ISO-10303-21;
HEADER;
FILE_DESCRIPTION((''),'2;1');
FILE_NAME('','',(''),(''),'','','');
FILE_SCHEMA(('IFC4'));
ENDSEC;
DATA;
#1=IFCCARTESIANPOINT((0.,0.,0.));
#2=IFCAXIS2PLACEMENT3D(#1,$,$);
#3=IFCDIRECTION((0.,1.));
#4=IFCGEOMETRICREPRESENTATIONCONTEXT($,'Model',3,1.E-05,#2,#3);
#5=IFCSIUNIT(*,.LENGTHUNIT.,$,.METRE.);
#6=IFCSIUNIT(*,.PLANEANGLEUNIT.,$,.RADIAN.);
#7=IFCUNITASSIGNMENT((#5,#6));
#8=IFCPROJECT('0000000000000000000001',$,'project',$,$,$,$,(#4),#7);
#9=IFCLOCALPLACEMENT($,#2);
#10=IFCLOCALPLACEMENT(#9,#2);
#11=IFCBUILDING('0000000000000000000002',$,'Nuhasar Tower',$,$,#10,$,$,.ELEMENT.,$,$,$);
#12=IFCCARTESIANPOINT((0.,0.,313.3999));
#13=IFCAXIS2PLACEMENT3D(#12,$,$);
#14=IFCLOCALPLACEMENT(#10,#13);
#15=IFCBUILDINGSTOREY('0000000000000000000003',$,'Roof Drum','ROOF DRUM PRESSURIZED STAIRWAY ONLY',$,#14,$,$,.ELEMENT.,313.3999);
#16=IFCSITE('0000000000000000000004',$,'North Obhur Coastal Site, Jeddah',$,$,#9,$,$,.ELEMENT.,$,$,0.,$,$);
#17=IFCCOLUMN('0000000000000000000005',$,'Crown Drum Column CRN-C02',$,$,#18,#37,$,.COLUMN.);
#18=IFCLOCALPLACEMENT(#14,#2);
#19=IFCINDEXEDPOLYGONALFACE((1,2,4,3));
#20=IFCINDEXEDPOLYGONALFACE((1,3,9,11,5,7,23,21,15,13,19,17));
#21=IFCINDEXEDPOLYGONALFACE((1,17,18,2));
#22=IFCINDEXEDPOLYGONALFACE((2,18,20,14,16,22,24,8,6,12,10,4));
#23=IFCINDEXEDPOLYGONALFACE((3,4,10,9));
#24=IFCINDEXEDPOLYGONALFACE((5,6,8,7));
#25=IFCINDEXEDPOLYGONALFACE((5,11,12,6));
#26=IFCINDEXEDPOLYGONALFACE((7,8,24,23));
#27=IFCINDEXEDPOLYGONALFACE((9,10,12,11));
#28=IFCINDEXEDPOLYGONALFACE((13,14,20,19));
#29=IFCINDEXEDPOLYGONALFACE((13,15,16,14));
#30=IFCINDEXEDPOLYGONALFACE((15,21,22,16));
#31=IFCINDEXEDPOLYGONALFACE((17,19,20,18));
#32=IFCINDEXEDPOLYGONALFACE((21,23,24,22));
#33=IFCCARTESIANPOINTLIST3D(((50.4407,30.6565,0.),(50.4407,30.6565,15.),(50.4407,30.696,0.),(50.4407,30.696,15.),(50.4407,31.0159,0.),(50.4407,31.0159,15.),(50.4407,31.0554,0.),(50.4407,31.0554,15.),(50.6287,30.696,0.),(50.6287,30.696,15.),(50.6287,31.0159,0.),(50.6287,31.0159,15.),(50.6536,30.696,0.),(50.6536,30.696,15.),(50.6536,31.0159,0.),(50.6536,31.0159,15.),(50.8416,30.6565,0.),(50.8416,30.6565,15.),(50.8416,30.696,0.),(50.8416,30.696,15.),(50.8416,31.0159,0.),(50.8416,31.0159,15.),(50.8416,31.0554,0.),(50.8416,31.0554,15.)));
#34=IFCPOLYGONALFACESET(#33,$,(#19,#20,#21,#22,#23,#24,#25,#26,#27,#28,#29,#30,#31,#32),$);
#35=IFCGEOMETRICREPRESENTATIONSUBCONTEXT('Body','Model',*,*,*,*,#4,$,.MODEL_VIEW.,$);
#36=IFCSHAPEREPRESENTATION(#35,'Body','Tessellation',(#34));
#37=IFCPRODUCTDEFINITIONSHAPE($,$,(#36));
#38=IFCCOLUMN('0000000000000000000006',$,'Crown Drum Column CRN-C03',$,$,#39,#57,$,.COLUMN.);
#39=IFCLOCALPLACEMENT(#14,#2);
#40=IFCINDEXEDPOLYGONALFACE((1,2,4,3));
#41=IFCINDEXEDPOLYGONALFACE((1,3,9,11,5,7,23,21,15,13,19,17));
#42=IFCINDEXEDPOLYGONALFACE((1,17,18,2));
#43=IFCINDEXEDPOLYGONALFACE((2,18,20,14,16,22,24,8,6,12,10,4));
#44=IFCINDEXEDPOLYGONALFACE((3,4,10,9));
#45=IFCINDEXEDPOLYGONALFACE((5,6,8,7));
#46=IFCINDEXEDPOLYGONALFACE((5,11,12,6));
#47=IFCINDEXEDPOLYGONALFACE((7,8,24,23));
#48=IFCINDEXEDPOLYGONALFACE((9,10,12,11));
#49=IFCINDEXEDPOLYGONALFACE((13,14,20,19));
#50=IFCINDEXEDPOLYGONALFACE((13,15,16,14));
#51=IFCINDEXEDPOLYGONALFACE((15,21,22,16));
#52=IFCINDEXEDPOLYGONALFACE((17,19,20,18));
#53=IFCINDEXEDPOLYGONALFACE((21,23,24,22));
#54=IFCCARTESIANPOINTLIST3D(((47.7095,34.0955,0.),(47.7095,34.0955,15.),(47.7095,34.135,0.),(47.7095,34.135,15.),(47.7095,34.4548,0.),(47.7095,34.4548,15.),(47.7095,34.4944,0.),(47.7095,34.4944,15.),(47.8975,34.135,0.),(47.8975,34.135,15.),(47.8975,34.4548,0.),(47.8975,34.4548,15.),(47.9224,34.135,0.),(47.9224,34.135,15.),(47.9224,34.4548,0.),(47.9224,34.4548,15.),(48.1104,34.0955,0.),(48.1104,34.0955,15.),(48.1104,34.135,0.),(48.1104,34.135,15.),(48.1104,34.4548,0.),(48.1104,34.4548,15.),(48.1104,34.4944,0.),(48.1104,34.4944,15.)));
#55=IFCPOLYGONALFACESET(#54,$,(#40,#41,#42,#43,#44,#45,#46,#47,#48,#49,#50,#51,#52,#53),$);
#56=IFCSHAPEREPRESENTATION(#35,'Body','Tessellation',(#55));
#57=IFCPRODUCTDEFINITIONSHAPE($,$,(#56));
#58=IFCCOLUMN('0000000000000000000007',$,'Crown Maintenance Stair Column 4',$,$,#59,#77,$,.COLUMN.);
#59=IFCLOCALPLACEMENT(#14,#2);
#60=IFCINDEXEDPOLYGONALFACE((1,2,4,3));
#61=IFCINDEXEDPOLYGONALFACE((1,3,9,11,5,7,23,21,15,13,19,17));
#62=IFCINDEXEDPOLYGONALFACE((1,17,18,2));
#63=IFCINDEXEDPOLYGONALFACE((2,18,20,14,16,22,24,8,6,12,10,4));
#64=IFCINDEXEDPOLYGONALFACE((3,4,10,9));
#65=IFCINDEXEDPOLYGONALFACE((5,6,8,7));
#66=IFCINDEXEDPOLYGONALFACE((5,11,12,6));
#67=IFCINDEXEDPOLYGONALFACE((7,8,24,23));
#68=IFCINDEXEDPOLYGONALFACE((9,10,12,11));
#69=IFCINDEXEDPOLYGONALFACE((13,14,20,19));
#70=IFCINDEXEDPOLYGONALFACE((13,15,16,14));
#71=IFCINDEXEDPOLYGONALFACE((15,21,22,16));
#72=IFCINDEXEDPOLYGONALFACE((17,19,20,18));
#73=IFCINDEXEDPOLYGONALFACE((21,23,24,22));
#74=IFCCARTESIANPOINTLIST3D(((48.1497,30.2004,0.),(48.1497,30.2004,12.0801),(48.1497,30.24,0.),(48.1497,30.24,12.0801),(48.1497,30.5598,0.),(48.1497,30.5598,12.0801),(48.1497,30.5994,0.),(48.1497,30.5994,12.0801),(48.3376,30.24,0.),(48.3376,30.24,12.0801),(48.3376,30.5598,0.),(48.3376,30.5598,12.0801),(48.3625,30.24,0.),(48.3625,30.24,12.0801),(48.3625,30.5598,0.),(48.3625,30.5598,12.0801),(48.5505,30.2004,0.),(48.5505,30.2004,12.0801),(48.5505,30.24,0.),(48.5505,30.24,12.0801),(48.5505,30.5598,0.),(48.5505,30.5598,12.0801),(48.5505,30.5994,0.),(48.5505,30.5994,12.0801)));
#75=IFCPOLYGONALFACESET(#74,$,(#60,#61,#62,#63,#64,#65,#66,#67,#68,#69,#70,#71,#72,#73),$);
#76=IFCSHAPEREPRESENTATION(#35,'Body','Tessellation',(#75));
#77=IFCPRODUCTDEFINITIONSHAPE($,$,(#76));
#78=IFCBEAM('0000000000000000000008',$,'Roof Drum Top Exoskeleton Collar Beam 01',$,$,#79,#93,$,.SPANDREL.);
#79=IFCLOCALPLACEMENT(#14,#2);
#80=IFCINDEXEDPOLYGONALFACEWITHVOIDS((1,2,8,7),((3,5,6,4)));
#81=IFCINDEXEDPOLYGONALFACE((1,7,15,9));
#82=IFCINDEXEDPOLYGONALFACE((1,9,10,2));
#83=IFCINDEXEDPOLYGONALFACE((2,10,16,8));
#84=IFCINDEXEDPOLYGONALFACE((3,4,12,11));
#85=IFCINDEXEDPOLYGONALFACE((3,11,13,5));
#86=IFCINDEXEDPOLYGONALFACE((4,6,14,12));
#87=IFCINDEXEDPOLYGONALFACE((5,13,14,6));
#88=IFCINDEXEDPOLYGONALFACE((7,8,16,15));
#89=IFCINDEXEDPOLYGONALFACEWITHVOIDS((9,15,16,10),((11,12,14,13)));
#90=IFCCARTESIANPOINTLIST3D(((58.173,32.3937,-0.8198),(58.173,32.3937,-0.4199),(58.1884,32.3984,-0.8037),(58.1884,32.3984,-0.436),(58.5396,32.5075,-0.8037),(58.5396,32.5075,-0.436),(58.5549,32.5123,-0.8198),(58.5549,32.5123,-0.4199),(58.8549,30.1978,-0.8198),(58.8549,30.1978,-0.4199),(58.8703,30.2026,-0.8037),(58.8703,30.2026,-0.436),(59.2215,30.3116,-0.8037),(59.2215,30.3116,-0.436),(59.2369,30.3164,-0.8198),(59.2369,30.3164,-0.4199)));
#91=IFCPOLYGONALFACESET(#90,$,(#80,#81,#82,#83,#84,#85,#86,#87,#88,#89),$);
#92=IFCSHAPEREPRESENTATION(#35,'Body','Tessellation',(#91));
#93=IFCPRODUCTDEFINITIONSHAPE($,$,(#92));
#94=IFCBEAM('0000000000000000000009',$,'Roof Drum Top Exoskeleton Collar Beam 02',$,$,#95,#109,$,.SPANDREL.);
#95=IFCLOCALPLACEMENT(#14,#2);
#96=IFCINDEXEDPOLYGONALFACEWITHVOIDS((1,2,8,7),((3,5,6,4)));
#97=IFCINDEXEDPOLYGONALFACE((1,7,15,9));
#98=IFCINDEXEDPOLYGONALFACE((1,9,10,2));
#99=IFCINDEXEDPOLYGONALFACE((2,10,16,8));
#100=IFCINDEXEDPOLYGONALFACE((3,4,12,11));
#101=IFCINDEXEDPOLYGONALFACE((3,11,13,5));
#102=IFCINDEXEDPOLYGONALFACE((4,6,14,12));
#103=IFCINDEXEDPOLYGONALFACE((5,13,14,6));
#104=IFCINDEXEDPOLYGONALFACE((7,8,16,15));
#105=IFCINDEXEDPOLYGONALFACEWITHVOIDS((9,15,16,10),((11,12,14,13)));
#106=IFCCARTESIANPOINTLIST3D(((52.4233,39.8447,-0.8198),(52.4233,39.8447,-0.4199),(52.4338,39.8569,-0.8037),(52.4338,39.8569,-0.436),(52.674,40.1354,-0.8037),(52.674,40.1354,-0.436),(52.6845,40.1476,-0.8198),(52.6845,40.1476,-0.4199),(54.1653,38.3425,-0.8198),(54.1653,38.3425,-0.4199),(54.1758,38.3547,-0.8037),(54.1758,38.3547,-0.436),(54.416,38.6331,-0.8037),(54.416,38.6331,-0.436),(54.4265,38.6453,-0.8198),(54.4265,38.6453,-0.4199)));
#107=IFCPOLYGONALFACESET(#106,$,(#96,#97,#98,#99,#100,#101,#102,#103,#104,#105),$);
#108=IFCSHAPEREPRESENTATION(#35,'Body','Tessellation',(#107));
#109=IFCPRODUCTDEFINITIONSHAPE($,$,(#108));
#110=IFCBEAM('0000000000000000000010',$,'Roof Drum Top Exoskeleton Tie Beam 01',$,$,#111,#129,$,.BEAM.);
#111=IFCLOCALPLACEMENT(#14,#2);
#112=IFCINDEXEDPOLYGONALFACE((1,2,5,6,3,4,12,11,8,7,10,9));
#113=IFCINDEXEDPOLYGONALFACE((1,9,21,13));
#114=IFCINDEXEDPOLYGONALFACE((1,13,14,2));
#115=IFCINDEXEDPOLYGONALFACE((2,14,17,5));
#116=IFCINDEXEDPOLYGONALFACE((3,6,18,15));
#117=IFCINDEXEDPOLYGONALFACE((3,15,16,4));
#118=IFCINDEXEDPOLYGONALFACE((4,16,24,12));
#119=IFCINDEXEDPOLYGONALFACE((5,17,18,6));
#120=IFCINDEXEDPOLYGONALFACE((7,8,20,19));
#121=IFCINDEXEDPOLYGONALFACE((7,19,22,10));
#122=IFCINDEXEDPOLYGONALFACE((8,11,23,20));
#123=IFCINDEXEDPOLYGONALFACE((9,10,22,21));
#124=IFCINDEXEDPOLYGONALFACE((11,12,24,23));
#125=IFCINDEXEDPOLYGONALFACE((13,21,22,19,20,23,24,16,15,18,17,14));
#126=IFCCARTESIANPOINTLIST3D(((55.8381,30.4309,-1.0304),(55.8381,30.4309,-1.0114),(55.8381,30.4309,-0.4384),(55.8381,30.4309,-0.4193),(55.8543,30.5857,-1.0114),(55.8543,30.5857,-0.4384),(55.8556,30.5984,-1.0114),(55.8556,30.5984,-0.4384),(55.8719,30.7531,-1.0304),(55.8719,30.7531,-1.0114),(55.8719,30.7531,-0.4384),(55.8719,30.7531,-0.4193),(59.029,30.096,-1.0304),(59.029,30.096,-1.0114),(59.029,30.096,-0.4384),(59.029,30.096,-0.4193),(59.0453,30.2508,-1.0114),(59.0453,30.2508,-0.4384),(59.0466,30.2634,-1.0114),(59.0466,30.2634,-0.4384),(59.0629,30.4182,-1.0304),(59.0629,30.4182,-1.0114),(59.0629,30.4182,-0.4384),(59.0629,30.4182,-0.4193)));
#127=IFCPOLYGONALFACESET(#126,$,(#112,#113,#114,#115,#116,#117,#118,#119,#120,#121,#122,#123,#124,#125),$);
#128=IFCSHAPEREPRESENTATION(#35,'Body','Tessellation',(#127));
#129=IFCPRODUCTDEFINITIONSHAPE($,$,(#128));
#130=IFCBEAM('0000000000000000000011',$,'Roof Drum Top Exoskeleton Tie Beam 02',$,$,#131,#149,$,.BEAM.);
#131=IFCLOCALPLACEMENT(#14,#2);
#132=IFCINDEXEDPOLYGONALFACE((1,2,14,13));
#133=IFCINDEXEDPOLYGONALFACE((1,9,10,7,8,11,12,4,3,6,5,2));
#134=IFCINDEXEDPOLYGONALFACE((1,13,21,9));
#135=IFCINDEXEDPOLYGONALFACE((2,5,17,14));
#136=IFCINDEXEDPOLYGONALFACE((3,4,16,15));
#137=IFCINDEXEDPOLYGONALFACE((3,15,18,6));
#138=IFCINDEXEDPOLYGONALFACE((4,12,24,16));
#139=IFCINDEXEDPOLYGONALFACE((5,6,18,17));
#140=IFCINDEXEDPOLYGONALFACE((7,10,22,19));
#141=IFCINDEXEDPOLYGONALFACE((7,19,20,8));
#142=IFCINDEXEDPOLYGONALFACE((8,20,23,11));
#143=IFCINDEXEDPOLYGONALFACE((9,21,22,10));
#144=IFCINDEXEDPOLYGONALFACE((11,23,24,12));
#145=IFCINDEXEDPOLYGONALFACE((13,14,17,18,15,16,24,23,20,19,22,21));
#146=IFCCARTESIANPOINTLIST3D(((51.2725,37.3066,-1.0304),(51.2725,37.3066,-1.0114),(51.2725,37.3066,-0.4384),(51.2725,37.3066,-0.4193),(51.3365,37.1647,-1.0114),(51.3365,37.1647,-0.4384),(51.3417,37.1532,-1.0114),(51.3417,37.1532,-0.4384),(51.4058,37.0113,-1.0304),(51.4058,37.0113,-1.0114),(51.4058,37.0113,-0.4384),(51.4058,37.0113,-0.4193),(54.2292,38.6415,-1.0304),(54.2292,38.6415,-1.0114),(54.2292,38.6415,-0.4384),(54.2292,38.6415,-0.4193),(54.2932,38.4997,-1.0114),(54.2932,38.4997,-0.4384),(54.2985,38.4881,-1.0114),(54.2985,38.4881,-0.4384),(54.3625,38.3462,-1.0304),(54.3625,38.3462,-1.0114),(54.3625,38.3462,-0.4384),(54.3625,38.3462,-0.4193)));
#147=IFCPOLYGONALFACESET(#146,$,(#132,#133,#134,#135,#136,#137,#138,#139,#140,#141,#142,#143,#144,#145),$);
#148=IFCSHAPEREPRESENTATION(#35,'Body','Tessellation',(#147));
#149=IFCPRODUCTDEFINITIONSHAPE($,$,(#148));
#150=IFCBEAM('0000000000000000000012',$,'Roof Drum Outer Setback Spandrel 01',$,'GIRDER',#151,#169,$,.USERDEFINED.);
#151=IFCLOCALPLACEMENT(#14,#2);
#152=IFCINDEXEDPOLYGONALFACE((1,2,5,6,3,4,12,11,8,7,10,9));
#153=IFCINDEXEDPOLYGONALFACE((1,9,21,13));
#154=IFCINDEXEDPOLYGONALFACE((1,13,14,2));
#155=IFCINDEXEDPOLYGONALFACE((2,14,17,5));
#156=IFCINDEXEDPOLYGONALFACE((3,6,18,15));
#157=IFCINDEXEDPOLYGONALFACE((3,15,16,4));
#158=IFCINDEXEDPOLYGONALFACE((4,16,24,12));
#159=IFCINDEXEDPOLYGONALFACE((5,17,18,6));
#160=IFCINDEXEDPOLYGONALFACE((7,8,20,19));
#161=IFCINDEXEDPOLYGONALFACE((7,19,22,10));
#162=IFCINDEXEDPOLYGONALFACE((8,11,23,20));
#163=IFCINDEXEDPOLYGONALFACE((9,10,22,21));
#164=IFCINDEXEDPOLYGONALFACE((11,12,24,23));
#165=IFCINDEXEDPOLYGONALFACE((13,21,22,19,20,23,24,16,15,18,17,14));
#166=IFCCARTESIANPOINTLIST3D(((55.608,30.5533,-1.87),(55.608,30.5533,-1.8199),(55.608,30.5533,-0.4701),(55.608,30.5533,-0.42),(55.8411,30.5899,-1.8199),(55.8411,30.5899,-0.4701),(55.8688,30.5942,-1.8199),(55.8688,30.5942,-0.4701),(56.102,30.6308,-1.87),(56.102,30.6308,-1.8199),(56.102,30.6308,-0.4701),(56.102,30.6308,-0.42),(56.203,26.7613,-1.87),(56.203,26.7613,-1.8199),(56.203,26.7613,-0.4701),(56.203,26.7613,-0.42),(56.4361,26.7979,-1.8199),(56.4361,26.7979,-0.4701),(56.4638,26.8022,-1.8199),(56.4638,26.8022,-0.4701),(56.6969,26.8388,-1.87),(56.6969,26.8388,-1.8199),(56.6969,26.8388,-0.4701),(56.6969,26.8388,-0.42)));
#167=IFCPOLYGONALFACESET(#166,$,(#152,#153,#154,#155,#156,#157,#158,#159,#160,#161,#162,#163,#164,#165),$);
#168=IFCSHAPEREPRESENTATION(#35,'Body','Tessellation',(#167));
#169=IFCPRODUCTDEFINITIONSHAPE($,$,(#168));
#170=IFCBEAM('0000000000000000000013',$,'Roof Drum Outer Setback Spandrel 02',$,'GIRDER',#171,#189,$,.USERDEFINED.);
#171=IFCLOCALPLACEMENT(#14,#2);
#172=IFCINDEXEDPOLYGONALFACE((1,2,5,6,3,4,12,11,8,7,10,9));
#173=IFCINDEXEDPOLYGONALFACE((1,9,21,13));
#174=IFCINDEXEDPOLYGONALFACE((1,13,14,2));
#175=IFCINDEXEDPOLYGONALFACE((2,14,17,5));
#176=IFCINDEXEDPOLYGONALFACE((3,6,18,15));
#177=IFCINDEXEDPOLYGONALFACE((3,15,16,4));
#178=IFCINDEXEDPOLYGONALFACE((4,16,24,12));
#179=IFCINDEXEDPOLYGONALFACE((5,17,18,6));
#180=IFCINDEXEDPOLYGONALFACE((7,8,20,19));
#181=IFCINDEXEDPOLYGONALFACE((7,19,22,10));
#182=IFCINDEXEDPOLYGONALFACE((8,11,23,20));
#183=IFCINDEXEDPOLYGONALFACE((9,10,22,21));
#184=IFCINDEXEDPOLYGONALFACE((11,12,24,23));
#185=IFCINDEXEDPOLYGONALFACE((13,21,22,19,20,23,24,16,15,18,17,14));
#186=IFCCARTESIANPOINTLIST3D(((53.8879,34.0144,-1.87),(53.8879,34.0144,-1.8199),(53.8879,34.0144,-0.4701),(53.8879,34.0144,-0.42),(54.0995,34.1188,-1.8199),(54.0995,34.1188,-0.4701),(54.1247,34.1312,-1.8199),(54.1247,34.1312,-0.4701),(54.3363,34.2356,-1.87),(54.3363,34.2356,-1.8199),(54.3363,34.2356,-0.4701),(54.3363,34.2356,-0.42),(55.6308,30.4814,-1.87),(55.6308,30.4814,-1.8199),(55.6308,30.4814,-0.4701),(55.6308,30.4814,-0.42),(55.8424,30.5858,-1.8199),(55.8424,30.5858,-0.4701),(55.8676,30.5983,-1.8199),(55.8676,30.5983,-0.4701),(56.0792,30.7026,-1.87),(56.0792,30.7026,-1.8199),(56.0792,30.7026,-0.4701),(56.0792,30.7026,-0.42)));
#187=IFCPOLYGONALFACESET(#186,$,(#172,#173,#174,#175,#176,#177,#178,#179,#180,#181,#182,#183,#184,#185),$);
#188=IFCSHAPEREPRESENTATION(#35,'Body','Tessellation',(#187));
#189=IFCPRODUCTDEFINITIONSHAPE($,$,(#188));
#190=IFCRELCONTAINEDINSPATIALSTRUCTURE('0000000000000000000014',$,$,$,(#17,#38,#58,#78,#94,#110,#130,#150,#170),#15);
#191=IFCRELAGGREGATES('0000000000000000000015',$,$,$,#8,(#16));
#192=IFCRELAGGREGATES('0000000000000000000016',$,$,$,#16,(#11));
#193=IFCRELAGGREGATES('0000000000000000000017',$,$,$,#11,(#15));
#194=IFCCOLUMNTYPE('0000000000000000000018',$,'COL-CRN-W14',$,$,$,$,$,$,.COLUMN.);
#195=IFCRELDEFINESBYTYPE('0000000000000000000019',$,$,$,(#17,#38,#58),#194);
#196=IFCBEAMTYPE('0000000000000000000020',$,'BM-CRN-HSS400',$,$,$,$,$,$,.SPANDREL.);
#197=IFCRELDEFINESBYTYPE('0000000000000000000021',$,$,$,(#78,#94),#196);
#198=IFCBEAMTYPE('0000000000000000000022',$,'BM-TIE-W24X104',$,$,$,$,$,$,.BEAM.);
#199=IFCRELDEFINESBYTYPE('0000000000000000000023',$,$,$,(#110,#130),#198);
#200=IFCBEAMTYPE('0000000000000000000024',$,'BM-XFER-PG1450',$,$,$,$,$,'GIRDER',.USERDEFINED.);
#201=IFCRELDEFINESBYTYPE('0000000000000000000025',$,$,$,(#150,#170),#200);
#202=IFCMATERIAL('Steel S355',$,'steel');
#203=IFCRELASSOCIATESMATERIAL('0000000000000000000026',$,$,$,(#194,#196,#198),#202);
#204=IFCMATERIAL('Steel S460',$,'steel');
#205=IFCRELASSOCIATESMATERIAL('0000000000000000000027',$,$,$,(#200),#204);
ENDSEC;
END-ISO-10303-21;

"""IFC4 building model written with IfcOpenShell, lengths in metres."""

from ifc_helpers import new_model, si_unit, direction, frame, origin, origin_2d, place, context, subcontext, project, spatial, hollow_rectangle, i_section, extrude, material, material_profile, profile_set, type_object, element, save


model = new_model("IFC4")

# Units and contexts
model_context = context("Model", 3, precision=1e-05, world=origin(), true_north=direction((0.0, 1.0)))
body_context = subcontext(model_context, "Body", "Model", "MODEL_VIEW")
ifc_project = project(units=[si_unit("LENGTHUNIT", "METRE"), si_unit("PLANEANGLEUNIT", "RADIAN")], contexts=[model_context])

# Site, building, storey
site_placement = place(None, origin())
site = spatial("IfcSite", under=ifc_project, at=site_placement, Name="North Obhur Coastal Site, Jeddah", CompositionType="ELEMENT", RefElevation=0.0)
building_placement = place(site_placement, origin())
building = spatial("IfcBuilding", under=site, at=building_placement, Name="Nuhasar Tower", CompositionType="ELEMENT")
storey_placement = place(building_placement, frame((0.0, 0.0, 313.3999)))
storey = spatial("IfcBuildingStorey", under=building, at=storey_placement, Name="Roof Drum", Description="ROOF DRUM PRESSURIZED STAIRWAY ONLY", CompositionType="ELEMENT", Elevation=313.3999)

# Columns
ifc_material_1 = material(Name="Steel S355", Category="steel")
ifc_material_profile_1 = material_profile(ifc_material_1, i_section(OverallWidth=0.4009, OverallDepth=0.3989, WebThickness=0.0249, FlangeThickness=0.0396, at=origin_2d()), Name="W14X211")
ifc_profile_set_1 = profile_set([ifc_material_profile_1], Name="Steel S355")
column_type = type_object("IfcColumnType", Name="COL-CRN-W14", PredefinedType="COLUMN", material=ifc_profile_set_1)
for number, where, z_axis, x_axis, name in (
    (1, (50.6411, 30.856, 0.0), (0.0, 0.0, 1.0), (1.0, 0.0, 0.0), "Crown Drum Column CRN-C02"),
    (2, (47.9099, 34.2949, 0.0), (0.0, 0.0, 1.0), (1.0, 0.0, 0.0), "Crown Drum Column CRN-C03"),
):
    element("IfcColumn", number, at=place(storey_placement, frame(where, z_axis=z_axis, x_axis=x_axis)), inside=storey, type_object=column_type, Name=name, PredefinedType="COLUMN", context=body_context, shape_type="SweptSolid", body=[
        extrude(i_section(OverallWidth=0.4009, OverallDepth=0.3989, WebThickness=0.0249, FlangeThickness=0.0396, at=origin_2d()), origin(), (0.0, 0.0, 1.0), 15.0),
    ])
column_placement = place(storey_placement, frame((48.3501, 30.3999, 0.0), z_axis=(0.0, 0.0, 1.0), x_axis=(1.0, 0.0, 0.0)))
element("IfcColumn", 3, at=column_placement, inside=storey, type_object=column_type, Name="Crown Maintenance Stair Column 4", PredefinedType="COLUMN", context=body_context, shape_type="SweptSolid", body=[
    extrude(i_section(OverallWidth=0.4009, OverallDepth=0.3989, WebThickness=0.0249, FlangeThickness=0.0396, at=origin_2d()), origin(), (0.0, 0.0, 1.0), 12.0801),
])

# Beams
ifc_material_profile_2 = material_profile(ifc_material_1, hollow_rectangle(XDim=0.3999, YDim=0.3999, WallThickness=0.0161, at=origin_2d()), Name="HSS400X400X16")
ifc_profile_set_2 = profile_set([ifc_material_profile_2], Name="Steel S355")
beam_type_1 = type_object("IfcBeamType", Name="BM-CRN-HSS400", PredefinedType="SPANDREL", material=ifc_profile_set_2)
beam_1_placement = place(storey_placement, frame((59.0459, 30.2571, -0.6199), z_axis=(-0.29657, 0.955011, 0.0), x_axis=(-0.955011, -0.29657, 0.0)))
element("IfcBeam", 4, at=beam_1_placement, inside=storey, type_object=beam_type_1, Name="Roof Drum Top Exoskeleton Collar Beam 01", PredefinedType="SPANDREL", context=body_context, shape_type="SweptSolid", body=[
    extrude(hollow_rectangle(XDim=0.3999, YDim=0.3999, WallThickness=0.0161, at=origin_2d()), origin(), (0.0, 0.0, 1.0), 2.2993),
])
beam_2_placement = place(storey_placement, frame((54.2959, 38.4939, -0.6199), z_axis=(-0.757298, 0.65307, 0.0), x_axis=(-0.65307, -0.757298, 0.0)))
element("IfcBeam", 5, at=beam_2_placement, inside=storey, type_object=beam_type_1, Name="Roof Drum Top Exoskeleton Collar Beam 02", PredefinedType="SPANDREL", context=body_context, shape_type="SweptSolid", body=[
    extrude(hollow_rectangle(XDim=0.3999, YDim=0.3999, WallThickness=0.0161, at=origin_2d()), origin(), (0.0, 0.0, 1.0), 2.3003),
])
ifc_material_profile_3 = material_profile(ifc_material_1, i_section(OverallWidth=0.324, OverallDepth=0.6111, WebThickness=0.0127, FlangeThickness=0.019, at=origin_2d()), Name="W24X104")
ifc_profile_set_3 = profile_set([ifc_material_profile_3], Name="Steel S355")
beam_type_2 = type_object("IfcBeamType", Name="BM-TIE-W24X104", PredefinedType="BEAM", material=ifc_profile_set_3)
beam_3_placement = place(storey_placement, frame((55.855, 30.592, -0.7249), z_axis=(0.994535, -0.1044, 0.0), x_axis=(0.1044, 0.994535, 0.0)))
element("IfcBeam", 6, at=beam_3_placement, inside=storey, type_object=beam_type_2, Name="Roof Drum Top Exoskeleton Tie Beam 01", PredefinedType="BEAM", context=body_context, shape_type="SweptSolid", body=[
    extrude(i_section(OverallWidth=0.324, OverallDepth=0.6111, WebThickness=0.0127, FlangeThickness=0.019, at=origin_2d()), origin(), (0.0, 0.0, 1.0), 3.2085),
])
beam_4_placement = place(storey_placement, frame((51.3391, 37.1589, -0.7249), z_axis=(0.911412, 0.411494, 0.0), x_axis=(-0.411494, 0.911412, 0.0)))
element("IfcBeam", 7, at=beam_4_placement, inside=storey, type_object=beam_type_2, Name="Roof Drum Top Exoskeleton Tie Beam 02", PredefinedType="BEAM", context=body_context, shape_type="SweptSolid", body=[
    extrude(i_section(OverallWidth=0.324, OverallDepth=0.6111, WebThickness=0.0127, FlangeThickness=0.019, at=origin_2d()), origin(), (0.0, 0.0, 1.0), 3.2441),
])
ifc_material_2 = material(Name="Steel S460", Category="steel")
ifc_material_profile_4 = material_profile(ifc_material_2, i_section(OverallWidth=0.5, OverallDepth=1.45, WebThickness=0.0281, FlangeThickness=0.05, at=origin_2d()), Name="PG1450X500")
ifc_profile_set_4 = profile_set([ifc_material_profile_4], Name="Steel S460")
beam_type_3 = type_object("IfcBeamType", Name="BM-XFER-PG1450", ElementType="GIRDER", PredefinedType="USERDEFINED", material=ifc_profile_set_4)
beam_5_placement = place(storey_placement, frame((56.45, 26.8, -1.145), z_axis=(-0.155006, 0.987914, 0.0), x_axis=(-0.987914, -0.155006, 0.0)))
element("IfcBeam", 8, at=beam_5_placement, inside=storey, type_object=beam_type_3, Name="Roof Drum Outer Setback Spandrel 01", ObjectType="GIRDER", PredefinedType="USERDEFINED", context=body_context, shape_type="SweptSolid", body=[
    extrude(i_section(OverallWidth=0.5, OverallDepth=1.45, WebThickness=0.0281, FlangeThickness=0.05, at=origin_2d()), origin(), (0.0, 0.0, 1.0), 3.8384),
])
beam_6_placement = place(storey_placement, frame((55.855, 30.592, -1.145), z_axis=(-0.442423, 0.896807, 0.0), x_axis=(-0.896807, -0.442423, 0.0)))
element("IfcBeam", 9, at=beam_6_placement, inside=storey, type_object=beam_type_3, Name="Roof Drum Outer Setback Spandrel 02", ObjectType="GIRDER", PredefinedType="USERDEFINED", context=body_context, shape_type="SweptSolid", body=[
    extrude(i_section(OverallWidth=0.5, OverallDepth=1.45, WebThickness=0.0281, FlangeThickness=0.05, at=origin_2d()), origin(), (0.0, 0.0, 1.0), 3.9395),
])

save(model, "model.ifc")
